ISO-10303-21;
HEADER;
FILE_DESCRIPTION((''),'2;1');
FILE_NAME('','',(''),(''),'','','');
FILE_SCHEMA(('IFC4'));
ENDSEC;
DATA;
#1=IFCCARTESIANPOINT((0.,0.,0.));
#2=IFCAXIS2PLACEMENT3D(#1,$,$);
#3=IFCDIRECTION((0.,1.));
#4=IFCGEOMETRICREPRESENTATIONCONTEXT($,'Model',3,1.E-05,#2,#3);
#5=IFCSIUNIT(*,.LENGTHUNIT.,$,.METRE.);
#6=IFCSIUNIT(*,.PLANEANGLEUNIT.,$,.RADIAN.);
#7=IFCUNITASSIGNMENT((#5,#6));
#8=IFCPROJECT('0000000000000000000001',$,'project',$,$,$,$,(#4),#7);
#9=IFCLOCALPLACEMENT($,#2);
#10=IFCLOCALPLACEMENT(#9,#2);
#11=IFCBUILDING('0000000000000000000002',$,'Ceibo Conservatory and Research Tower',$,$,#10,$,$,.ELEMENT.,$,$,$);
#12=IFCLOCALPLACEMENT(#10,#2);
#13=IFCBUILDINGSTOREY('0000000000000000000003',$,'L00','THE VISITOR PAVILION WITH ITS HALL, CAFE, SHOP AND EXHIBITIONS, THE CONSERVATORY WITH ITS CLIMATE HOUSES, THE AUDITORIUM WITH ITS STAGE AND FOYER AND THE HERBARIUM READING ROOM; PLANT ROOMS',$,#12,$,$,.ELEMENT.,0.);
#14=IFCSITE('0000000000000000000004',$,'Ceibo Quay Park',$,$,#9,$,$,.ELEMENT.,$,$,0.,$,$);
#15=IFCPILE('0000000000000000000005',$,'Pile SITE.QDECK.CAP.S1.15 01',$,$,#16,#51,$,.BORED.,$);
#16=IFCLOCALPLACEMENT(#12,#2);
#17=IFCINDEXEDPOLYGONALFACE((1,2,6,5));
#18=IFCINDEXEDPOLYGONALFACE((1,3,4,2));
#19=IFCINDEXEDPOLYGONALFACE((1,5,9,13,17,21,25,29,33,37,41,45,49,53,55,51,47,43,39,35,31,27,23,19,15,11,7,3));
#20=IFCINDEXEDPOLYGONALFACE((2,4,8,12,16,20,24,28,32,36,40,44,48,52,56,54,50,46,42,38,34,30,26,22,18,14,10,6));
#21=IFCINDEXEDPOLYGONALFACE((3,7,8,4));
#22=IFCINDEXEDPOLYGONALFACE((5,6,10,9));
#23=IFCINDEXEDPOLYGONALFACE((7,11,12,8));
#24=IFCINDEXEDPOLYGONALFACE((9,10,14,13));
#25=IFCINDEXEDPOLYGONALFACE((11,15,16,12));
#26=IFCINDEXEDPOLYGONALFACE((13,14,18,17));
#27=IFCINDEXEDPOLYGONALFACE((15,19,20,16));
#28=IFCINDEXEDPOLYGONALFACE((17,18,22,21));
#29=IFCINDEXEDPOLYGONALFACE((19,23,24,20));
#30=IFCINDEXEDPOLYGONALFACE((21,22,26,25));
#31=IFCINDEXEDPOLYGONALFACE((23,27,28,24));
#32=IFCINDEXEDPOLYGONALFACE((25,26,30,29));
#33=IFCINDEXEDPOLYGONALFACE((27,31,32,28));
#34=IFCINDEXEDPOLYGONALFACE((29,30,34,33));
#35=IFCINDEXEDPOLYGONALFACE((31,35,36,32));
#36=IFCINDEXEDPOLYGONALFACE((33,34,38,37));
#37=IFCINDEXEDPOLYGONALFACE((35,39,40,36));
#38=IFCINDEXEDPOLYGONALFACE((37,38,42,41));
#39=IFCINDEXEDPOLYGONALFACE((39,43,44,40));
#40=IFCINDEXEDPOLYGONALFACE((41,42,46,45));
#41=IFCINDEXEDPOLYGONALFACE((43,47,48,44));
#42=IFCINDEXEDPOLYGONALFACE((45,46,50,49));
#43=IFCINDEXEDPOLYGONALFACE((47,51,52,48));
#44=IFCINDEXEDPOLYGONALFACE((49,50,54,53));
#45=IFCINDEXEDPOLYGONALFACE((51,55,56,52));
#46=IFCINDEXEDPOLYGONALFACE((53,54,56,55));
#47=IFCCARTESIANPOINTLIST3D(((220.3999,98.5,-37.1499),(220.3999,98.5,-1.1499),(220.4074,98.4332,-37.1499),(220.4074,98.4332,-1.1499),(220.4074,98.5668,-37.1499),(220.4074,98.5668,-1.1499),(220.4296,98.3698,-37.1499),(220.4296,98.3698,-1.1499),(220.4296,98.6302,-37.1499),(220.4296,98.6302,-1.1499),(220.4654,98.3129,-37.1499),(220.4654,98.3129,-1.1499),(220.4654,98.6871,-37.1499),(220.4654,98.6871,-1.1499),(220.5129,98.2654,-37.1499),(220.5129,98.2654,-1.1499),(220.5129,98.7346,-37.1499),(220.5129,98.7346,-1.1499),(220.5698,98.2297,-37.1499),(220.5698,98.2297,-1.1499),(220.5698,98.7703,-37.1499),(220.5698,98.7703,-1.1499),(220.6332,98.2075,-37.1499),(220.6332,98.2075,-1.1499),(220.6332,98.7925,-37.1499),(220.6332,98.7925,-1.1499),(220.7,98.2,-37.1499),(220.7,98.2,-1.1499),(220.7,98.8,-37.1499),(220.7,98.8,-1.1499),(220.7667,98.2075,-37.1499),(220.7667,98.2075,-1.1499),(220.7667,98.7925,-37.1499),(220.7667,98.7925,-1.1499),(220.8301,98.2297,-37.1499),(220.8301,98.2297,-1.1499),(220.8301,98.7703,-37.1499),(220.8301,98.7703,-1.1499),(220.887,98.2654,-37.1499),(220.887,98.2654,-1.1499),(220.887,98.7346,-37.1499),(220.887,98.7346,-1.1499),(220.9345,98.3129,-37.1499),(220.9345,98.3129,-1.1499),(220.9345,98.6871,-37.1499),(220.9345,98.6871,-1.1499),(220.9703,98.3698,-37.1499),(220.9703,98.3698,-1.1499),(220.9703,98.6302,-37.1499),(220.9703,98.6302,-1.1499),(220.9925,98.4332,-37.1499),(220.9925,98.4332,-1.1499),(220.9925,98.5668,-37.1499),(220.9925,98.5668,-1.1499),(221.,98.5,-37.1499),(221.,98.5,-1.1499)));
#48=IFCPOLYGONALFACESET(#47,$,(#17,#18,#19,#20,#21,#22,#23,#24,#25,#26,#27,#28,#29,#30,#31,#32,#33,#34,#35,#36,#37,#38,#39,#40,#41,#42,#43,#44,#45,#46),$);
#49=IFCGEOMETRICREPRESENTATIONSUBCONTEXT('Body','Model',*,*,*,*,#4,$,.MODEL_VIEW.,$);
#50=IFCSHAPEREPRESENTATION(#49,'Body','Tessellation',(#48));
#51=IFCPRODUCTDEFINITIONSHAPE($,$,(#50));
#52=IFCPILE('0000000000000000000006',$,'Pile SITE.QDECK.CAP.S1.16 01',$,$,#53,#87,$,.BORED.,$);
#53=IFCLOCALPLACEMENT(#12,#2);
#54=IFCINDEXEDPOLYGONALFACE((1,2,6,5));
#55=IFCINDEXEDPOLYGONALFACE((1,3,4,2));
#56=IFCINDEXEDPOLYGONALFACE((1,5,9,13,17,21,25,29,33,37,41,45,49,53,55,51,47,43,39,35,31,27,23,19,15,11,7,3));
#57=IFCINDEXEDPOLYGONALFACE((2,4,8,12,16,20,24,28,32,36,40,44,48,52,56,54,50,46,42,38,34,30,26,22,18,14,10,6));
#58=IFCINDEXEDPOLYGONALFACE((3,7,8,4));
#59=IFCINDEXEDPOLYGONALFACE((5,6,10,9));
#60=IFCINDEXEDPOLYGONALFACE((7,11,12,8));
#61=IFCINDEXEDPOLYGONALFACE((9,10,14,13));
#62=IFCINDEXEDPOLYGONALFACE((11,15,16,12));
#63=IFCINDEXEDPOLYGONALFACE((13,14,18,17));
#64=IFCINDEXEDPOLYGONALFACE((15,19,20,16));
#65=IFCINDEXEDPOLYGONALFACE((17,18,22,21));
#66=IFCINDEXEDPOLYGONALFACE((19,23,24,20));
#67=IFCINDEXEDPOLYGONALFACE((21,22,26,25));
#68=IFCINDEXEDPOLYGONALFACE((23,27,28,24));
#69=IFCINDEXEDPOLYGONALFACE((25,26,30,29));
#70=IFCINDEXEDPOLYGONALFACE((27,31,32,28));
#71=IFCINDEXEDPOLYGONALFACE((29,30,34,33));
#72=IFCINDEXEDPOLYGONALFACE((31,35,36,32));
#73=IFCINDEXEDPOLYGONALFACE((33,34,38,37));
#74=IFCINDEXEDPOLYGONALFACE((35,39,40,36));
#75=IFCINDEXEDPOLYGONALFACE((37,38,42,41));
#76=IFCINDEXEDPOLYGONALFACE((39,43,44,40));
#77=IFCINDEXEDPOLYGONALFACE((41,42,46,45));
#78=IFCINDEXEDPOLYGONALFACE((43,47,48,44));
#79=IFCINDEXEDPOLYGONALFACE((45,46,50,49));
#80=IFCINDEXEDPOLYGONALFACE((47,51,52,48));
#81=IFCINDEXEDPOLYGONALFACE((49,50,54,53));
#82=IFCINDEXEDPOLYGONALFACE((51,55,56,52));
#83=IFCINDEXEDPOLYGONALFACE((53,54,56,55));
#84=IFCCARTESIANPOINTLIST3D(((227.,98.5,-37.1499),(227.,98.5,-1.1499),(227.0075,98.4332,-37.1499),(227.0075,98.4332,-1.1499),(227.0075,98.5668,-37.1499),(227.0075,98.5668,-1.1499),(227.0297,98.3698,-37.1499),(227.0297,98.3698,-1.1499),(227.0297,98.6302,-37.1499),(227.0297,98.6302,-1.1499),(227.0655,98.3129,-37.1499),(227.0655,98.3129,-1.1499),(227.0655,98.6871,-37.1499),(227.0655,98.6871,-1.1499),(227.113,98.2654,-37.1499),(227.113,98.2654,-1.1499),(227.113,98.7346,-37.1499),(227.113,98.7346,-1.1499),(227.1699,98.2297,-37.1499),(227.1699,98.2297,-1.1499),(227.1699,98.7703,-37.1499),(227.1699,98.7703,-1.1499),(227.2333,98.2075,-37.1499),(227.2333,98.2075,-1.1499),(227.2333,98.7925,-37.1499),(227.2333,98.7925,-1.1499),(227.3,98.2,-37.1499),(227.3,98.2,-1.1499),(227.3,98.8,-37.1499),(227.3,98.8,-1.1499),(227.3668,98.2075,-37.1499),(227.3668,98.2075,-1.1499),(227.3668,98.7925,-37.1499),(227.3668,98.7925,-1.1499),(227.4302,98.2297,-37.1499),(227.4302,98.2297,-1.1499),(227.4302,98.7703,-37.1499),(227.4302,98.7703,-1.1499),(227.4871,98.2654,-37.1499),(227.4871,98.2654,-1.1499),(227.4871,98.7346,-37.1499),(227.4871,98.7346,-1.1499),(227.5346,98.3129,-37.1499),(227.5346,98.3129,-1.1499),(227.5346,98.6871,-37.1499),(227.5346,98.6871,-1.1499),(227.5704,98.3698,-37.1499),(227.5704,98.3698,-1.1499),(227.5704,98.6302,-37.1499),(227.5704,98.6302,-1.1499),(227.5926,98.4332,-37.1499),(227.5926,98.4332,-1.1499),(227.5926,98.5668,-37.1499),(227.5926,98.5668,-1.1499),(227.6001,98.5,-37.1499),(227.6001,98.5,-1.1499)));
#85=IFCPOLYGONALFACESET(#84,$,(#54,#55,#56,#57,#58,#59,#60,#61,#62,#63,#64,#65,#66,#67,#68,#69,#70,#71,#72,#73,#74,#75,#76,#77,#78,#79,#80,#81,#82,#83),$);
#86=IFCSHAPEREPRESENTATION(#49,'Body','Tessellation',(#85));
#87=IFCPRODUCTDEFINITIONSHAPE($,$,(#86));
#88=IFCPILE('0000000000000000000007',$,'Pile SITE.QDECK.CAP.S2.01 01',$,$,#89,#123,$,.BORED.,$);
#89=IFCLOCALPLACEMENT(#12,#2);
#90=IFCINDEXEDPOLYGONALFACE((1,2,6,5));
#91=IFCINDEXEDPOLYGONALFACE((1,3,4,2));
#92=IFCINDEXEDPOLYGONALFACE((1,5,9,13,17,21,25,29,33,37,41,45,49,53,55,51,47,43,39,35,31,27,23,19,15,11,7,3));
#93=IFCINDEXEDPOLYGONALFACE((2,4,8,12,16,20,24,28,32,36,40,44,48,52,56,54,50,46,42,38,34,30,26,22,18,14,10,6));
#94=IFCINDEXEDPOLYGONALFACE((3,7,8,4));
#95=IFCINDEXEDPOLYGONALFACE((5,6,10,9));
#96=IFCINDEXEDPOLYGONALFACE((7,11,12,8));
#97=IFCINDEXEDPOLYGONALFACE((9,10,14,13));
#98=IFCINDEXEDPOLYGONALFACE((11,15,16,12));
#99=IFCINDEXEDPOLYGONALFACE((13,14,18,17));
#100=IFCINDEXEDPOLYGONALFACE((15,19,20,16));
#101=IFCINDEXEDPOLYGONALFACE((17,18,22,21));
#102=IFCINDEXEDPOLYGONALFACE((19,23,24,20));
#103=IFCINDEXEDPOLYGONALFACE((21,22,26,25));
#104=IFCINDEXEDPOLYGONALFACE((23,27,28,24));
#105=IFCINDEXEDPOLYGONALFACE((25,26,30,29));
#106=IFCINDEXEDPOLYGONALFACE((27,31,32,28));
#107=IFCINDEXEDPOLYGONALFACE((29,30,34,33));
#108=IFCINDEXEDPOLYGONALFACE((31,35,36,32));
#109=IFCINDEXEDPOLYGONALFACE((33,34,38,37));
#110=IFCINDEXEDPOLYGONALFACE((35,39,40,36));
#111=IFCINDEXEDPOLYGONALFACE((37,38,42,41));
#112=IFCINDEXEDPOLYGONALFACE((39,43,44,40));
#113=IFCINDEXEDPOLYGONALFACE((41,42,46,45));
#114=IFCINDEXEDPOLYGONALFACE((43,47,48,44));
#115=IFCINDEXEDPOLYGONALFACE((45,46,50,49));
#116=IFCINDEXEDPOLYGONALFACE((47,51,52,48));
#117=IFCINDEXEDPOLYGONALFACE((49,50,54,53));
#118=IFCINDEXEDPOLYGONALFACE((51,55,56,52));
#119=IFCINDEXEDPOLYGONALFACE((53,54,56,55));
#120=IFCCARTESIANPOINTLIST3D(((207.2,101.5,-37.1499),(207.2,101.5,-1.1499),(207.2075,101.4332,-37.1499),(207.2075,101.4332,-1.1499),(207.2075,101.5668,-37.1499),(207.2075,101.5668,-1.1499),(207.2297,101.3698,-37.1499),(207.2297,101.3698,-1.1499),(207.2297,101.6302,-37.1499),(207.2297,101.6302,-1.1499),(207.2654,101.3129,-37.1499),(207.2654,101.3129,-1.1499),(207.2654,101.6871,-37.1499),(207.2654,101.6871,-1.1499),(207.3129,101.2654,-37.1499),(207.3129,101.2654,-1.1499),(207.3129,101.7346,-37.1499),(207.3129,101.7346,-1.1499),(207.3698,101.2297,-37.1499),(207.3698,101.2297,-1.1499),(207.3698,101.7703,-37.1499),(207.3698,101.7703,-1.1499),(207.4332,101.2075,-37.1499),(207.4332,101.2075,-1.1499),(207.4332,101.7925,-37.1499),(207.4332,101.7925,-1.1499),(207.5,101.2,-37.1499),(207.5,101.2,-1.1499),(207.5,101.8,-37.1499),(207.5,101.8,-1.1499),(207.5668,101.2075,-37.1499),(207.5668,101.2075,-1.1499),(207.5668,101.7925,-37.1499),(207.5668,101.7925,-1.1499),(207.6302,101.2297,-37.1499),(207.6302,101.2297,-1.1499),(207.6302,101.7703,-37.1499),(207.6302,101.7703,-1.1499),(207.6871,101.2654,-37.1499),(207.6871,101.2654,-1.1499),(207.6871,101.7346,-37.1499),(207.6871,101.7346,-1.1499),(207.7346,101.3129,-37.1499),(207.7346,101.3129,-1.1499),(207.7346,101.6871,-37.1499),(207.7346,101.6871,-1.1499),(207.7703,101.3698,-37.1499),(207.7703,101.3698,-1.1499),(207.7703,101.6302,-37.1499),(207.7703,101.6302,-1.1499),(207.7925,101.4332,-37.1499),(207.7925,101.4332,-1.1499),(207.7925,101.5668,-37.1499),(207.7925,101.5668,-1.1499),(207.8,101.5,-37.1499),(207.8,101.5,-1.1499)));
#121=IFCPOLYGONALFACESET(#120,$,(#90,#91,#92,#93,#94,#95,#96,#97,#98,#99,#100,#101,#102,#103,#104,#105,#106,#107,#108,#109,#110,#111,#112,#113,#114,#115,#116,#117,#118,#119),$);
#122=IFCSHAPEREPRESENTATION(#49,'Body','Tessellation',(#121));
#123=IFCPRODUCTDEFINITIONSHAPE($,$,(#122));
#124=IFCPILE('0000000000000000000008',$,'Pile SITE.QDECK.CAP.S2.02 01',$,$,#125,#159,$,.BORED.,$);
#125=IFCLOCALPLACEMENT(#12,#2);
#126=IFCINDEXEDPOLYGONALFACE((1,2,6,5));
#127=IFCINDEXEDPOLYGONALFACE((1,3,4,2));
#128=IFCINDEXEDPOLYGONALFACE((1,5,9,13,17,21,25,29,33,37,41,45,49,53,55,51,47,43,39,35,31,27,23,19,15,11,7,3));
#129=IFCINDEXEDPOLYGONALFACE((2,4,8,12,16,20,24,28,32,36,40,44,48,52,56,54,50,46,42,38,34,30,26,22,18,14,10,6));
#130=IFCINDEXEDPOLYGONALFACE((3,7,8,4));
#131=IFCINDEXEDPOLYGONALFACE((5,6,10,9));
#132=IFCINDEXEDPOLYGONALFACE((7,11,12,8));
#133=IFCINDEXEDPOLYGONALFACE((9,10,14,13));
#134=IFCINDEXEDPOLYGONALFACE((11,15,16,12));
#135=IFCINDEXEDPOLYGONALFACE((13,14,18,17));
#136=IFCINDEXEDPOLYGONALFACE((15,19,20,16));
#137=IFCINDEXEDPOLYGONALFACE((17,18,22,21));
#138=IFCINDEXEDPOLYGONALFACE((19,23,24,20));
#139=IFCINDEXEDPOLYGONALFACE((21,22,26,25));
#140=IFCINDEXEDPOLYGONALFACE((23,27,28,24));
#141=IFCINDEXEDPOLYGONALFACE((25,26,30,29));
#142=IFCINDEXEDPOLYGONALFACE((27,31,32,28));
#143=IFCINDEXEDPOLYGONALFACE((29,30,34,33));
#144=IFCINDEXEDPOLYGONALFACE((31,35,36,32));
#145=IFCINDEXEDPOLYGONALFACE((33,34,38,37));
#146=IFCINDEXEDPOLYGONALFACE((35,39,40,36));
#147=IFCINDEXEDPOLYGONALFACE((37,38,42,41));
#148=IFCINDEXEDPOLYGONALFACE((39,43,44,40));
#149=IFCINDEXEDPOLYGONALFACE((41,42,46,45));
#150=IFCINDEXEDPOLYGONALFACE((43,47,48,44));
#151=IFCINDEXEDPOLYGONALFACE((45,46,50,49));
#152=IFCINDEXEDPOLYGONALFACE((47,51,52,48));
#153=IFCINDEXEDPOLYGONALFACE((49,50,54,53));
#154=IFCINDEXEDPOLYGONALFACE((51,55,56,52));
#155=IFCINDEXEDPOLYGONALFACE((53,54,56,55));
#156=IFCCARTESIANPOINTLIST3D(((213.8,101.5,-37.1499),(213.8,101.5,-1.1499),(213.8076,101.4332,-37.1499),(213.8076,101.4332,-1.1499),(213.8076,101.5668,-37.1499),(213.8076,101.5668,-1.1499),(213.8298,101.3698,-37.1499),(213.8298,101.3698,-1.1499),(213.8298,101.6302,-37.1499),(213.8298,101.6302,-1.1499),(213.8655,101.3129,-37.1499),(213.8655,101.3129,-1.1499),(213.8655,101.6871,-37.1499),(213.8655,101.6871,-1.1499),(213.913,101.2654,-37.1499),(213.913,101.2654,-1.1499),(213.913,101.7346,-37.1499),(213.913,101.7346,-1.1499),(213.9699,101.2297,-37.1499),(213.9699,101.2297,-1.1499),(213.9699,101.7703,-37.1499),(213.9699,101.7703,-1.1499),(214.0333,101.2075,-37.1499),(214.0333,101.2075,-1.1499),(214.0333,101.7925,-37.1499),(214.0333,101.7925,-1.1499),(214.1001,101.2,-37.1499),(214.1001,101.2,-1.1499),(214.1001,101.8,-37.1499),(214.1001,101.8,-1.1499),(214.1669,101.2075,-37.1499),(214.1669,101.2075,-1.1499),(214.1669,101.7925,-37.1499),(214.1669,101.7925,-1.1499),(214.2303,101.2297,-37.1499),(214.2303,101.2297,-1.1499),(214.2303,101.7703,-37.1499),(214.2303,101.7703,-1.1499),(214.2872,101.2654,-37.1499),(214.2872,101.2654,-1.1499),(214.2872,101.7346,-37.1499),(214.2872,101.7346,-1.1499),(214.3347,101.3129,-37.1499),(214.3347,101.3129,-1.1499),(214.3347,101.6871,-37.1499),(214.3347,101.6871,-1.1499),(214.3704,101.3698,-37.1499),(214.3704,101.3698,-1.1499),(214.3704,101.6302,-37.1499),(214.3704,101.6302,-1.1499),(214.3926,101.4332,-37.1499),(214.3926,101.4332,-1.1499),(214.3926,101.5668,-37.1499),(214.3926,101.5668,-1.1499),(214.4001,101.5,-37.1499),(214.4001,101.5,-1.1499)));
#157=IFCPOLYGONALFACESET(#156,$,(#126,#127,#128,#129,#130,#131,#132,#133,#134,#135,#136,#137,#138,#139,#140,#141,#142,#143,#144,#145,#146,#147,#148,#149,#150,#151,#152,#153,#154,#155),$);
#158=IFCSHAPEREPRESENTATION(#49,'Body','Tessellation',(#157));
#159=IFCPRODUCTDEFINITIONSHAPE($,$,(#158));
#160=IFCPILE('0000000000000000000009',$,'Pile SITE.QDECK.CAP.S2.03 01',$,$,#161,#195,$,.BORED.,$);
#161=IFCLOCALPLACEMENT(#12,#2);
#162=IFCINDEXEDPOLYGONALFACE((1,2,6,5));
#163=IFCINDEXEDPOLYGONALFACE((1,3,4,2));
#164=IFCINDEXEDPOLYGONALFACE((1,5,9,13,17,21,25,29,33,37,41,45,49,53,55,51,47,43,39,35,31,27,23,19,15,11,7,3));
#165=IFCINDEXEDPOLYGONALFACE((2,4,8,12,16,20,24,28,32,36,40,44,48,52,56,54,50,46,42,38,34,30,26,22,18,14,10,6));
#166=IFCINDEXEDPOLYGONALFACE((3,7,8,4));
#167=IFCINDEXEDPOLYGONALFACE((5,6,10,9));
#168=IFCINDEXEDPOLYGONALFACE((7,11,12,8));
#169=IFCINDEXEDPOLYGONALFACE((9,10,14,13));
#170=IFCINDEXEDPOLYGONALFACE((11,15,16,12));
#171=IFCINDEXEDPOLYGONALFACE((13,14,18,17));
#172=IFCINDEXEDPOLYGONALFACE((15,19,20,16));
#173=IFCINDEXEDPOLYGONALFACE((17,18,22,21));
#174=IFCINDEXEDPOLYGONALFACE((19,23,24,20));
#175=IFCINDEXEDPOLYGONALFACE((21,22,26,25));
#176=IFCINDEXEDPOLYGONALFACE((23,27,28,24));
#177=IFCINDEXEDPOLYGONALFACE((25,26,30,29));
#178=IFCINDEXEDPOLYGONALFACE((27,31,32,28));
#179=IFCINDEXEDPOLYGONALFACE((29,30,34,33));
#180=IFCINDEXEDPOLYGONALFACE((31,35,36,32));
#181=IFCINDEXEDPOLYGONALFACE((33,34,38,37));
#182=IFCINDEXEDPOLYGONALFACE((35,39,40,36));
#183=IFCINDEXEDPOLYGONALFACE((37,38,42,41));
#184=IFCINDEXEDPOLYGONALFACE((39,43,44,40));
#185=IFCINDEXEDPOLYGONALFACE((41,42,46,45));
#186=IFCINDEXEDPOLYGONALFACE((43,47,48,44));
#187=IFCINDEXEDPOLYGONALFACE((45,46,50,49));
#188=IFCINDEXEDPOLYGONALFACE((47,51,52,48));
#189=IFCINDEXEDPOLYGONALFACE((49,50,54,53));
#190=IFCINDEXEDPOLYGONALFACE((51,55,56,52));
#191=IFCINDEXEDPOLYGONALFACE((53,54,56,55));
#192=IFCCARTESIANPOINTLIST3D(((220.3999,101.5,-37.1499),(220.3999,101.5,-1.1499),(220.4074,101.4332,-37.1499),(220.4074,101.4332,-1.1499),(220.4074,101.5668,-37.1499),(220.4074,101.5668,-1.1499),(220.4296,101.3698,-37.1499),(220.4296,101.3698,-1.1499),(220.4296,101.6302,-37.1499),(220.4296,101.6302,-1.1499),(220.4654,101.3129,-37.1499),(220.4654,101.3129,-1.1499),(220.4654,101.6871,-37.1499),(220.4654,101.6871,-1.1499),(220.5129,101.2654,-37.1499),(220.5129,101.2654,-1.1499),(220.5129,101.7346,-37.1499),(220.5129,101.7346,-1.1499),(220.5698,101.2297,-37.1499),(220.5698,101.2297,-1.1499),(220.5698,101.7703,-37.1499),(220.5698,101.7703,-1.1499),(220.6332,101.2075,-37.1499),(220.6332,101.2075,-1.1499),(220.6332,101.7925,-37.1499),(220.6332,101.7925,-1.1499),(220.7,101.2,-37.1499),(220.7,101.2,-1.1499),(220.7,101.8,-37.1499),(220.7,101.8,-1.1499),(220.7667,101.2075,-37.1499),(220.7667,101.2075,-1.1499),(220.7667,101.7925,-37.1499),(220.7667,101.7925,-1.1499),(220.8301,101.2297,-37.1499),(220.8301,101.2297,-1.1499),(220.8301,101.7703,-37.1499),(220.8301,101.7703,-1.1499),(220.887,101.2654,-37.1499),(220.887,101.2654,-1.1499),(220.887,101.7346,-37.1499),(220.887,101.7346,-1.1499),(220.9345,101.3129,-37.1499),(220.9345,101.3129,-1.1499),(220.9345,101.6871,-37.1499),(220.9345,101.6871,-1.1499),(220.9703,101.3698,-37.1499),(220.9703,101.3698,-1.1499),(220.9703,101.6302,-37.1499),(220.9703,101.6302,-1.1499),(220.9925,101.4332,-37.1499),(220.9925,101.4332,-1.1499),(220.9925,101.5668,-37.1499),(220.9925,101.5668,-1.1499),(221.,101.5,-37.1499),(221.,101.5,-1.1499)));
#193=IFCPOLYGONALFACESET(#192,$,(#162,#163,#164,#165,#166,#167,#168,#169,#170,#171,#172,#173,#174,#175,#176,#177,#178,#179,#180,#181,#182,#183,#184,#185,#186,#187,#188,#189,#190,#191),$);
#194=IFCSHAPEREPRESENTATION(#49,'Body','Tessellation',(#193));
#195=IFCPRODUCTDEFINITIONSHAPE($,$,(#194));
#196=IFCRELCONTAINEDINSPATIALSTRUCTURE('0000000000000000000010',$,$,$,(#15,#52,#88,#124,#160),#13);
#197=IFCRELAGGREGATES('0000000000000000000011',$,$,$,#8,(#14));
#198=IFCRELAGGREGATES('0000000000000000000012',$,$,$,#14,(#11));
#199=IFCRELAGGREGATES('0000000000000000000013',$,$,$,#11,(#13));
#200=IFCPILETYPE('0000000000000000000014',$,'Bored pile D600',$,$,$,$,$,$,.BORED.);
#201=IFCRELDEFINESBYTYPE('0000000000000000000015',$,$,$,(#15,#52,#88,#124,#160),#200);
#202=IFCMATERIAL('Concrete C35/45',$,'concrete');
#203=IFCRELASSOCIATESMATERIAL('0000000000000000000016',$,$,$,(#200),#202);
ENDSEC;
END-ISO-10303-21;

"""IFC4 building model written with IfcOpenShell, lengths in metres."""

from ifc_helpers import new_model, si_unit, direction, frame, origin, origin_2d, place, context, subcontext, project, spatial, circle, extrude, material, material_profile, profile_set, type_object, element, save


model = new_model("IFC4")

# Units and contexts
model_context = context("Model", 3, precision=1e-05, world=origin(), true_north=direction((0.0, 1.0)))
body_context = subcontext(model_context, "Body", "Model", "MODEL_VIEW")
ifc_project = project(units=[si_unit("LENGTHUNIT", "METRE"), si_unit("PLANEANGLEUNIT", "RADIAN")], contexts=[model_context])

# Site, building, storey
site_placement = place(None, origin())
site = spatial("IfcSite", under=ifc_project, at=site_placement, Name="Ceibo Quay Park", CompositionType="ELEMENT", RefElevation=0.0)
building_placement = place(site_placement, origin())
building = spatial("IfcBuilding", under=site, at=building_placement, Name="Ceibo Conservatory and Research Tower", CompositionType="ELEMENT")
storey_placement = place(building_placement, origin())
storey = spatial("IfcBuildingStorey", under=building, at=storey_placement, Name="L00", Description="THE VISITOR PAVILION WITH ITS HALL, CAFE, SHOP AND EXHIBITIONS, THE CONSERVATORY WITH ITS CLIMATE HOUSES, THE AUDITORIUM WITH ITS STAGE AND FOYER AND THE HERBARIUM READING ROOM; PLANT ROOMS", CompositionType="ELEMENT", Elevation=0.0)

# Piles
ifc_material_1 = material(Name="Concrete C35/45", Category="concrete")
ifc_material_profile_1 = material_profile(ifc_material_1, circle(Radius=0.3, at=origin_2d()), Name="RC D600")
ifc_profile_set_1 = profile_set([ifc_material_profile_1], Name="Concrete C35/45")
pile_type = type_object("IfcPileType", Name="Bored pile D600", PredefinedType="BORED", material=ifc_profile_set_1)
for number, where, z_axis, x_axis, name in (
    (1, (220.7, 98.5, -1.1499), (0.0, 0.0, -1.0), (1.0, 0.0, 0.0), "Pile SITE.QDECK.CAP.S1.15 01"),
    (2, (227.3, 98.5, -1.1499), (0.0, 0.0, -1.0), (1.0, 0.0, 0.0), "Pile SITE.QDECK.CAP.S1.16 01"),
    (3, (207.5, 101.5, -1.1499), (0.0, 0.0, -1.0), (1.0, 0.0, 0.0), "Pile SITE.QDECK.CAP.S2.01 01"),
    (4, (214.1001, 101.5, -1.1499), (0.0, 0.0, -1.0), (1.0, 0.0, 0.0), "Pile SITE.QDECK.CAP.S2.02 01"),
    (5, (220.7, 101.5, -1.1499), (0.0, 0.0, -1.0), (1.0, 0.0, 0.0), "Pile SITE.QDECK.CAP.S2.03 01"),
):
    element("IfcPile", number, at=place(storey_placement, frame(where, z_axis=z_axis, x_axis=x_axis)), inside=storey, type_object=pile_type, Name=name, PredefinedType="BORED", context=body_context, shape_type="SweptSolid", body=[
        extrude(circle(Radius=0.3, at=origin_2d()), origin(), (0.0, 0.0, 1.0), 36.0),
    ])

save(model, "model.ifc")
